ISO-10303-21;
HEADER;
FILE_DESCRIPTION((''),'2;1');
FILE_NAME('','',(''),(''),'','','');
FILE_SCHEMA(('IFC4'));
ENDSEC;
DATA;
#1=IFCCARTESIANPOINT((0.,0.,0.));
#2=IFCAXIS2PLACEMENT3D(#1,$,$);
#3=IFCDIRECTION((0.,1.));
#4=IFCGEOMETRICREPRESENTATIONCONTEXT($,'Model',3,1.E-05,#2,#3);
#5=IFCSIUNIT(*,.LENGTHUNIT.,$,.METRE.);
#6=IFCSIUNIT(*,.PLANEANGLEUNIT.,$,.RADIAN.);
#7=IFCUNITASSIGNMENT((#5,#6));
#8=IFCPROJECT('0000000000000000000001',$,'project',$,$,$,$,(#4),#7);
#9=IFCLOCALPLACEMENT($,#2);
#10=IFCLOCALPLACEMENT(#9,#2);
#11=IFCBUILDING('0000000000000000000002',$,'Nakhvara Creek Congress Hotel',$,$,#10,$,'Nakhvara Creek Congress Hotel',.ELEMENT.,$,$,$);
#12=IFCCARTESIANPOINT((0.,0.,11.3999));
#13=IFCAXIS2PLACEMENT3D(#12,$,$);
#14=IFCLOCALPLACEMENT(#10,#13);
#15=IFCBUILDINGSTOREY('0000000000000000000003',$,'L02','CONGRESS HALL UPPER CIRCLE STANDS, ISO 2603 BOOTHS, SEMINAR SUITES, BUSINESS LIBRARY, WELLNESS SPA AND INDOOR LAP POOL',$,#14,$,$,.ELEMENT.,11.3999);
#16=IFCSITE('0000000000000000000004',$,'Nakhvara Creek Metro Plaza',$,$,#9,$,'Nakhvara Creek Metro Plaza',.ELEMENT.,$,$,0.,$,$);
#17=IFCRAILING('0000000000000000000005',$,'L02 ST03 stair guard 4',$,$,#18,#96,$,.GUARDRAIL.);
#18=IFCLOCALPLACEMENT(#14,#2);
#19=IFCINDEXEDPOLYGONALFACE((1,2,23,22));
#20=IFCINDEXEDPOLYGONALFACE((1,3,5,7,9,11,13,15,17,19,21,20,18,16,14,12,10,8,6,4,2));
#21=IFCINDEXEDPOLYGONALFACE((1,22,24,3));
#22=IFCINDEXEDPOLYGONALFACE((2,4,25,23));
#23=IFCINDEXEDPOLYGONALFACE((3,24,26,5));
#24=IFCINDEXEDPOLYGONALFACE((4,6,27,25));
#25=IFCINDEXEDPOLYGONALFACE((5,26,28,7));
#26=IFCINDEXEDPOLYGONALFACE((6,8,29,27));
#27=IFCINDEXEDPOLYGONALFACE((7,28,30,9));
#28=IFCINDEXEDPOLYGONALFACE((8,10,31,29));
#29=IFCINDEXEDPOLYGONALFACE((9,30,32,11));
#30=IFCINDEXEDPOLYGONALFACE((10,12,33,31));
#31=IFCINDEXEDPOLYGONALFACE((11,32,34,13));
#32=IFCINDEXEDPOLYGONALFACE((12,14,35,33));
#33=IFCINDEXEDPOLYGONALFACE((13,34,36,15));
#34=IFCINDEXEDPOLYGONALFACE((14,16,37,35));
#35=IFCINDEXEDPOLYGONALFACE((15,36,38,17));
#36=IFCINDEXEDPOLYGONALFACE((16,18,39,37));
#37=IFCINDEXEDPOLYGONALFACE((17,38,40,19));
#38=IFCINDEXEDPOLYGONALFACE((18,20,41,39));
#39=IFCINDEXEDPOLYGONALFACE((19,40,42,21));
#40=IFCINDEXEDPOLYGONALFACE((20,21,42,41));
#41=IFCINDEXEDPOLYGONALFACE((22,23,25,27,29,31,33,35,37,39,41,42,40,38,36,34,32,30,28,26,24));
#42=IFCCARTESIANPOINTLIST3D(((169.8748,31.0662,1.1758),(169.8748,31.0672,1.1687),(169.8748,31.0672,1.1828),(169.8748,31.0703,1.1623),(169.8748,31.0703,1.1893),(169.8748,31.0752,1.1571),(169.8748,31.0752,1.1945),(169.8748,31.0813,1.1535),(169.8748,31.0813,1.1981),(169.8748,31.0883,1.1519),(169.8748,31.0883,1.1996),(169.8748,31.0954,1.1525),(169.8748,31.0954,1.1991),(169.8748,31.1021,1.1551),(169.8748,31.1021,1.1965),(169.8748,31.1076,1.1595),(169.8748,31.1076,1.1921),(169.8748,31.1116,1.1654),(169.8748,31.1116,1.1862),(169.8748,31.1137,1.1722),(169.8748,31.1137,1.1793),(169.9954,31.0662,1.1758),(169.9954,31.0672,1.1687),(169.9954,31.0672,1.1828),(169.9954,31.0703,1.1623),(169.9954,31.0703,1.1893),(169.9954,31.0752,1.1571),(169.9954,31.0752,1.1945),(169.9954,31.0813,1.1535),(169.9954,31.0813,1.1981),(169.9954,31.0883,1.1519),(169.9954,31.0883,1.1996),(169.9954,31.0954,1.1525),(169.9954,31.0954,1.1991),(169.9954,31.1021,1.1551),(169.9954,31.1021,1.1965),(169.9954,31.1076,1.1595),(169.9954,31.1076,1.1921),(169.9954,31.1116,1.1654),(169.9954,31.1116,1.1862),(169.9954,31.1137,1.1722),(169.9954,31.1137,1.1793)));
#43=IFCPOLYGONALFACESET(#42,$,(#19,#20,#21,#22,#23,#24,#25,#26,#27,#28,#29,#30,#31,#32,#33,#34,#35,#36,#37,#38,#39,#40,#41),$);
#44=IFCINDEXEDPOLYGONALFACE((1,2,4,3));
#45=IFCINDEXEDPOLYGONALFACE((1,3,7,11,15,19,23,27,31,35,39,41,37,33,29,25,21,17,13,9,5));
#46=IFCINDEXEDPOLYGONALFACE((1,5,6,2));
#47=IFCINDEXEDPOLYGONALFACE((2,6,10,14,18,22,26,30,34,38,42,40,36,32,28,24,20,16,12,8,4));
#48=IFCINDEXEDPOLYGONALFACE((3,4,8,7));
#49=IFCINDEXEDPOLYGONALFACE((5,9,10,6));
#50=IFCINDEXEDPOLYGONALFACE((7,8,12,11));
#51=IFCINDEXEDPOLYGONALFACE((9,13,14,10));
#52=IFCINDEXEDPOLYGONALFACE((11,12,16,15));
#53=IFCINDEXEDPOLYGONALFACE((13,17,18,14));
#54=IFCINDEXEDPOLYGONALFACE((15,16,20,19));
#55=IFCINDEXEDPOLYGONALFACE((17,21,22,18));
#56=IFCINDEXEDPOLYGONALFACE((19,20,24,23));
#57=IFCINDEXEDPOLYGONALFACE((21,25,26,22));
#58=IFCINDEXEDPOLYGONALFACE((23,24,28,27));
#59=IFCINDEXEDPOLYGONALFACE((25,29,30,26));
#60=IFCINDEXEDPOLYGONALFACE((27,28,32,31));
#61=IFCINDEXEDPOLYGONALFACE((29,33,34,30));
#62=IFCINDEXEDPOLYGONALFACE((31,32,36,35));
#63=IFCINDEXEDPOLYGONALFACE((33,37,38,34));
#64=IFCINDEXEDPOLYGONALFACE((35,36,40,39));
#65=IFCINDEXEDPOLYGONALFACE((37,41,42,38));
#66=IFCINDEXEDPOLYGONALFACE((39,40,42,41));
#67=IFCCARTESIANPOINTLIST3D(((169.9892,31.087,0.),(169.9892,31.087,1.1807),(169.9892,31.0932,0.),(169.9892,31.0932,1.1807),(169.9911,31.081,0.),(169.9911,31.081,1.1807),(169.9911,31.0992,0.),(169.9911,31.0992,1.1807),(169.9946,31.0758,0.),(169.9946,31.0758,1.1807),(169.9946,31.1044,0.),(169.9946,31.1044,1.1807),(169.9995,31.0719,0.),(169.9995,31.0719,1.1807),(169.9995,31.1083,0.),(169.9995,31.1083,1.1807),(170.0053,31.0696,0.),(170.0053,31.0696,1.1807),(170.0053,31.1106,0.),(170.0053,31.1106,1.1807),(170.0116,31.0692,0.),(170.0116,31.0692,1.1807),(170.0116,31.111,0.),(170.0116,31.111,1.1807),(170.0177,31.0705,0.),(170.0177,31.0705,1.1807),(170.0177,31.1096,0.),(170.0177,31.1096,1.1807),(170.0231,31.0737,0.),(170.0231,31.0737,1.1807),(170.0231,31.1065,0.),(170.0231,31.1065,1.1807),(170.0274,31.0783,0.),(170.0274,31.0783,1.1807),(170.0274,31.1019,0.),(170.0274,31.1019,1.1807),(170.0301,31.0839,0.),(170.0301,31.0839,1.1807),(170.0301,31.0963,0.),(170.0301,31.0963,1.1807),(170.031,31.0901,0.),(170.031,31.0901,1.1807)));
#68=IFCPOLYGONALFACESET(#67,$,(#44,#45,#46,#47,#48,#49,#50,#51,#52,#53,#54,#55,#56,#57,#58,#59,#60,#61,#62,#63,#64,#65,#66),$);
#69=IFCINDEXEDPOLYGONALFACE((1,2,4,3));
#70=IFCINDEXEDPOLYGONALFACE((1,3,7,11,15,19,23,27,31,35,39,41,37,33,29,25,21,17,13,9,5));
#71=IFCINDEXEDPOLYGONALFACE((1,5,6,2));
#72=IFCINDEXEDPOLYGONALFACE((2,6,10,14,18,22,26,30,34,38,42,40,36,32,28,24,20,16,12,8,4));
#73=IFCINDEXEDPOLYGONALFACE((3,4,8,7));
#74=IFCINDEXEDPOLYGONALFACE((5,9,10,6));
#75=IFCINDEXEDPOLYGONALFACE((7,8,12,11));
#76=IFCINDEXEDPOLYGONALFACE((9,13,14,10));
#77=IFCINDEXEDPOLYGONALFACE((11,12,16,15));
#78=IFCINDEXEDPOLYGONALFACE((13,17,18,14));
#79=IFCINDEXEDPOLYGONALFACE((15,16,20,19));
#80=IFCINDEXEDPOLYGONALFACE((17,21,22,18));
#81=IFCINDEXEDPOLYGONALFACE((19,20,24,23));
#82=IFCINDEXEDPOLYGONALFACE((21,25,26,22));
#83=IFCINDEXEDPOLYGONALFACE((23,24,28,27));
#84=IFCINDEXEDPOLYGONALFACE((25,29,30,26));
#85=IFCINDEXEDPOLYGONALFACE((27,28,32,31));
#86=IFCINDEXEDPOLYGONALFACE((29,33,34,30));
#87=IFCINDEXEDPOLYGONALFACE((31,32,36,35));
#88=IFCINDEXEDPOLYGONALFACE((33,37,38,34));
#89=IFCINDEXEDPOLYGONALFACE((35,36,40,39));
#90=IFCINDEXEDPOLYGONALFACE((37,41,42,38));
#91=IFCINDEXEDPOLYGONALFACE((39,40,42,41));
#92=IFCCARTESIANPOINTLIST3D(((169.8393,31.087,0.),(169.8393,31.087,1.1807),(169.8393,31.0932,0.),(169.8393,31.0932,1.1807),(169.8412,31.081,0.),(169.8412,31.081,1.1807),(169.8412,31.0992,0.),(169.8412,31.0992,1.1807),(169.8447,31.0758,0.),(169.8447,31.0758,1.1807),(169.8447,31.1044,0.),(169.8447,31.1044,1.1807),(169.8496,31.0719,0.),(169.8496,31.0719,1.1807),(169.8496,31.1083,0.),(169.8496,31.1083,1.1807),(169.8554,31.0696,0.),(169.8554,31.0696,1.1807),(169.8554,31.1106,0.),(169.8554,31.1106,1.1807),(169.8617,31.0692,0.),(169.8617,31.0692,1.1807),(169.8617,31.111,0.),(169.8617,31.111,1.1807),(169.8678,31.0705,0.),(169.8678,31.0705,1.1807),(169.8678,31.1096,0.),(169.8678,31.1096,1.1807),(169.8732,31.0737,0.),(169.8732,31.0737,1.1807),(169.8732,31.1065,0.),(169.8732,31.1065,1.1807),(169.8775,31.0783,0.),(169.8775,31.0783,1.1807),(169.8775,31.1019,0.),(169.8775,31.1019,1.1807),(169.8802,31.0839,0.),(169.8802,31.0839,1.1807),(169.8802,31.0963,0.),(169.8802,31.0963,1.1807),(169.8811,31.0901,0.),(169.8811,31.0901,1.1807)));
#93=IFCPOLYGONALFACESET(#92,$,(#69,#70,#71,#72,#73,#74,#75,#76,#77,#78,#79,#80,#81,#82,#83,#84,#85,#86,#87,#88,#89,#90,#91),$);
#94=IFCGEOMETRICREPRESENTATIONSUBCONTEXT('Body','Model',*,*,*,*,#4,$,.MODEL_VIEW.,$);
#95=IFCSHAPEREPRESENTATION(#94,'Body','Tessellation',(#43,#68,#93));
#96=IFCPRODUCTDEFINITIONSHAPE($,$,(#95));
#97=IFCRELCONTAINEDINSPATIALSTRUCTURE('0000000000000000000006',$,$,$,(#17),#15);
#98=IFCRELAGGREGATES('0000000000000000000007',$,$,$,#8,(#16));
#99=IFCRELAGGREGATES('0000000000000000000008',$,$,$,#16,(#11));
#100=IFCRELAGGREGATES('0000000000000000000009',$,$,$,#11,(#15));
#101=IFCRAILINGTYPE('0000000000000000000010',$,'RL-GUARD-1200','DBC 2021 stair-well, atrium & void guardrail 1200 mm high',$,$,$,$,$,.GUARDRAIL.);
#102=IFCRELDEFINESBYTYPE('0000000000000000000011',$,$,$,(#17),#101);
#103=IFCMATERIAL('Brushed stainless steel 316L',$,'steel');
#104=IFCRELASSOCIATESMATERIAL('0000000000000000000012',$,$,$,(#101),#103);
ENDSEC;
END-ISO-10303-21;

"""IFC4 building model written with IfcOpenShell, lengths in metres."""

from ifc_helpers import new_model, si_unit, direction, frame, origin, origin_2d, place, context, subcontext, project, spatial, circle, extrude, material, type_object, element, save


model = new_model("IFC4")

# Units and contexts
model_context = context("Model", 3, precision=1e-05, world=origin(), true_north=direction((0.0, 1.0)))
body_context = subcontext(model_context, "Body", "Model", "MODEL_VIEW")
ifc_project = project(units=[si_unit("LENGTHUNIT", "METRE"), si_unit("PLANEANGLEUNIT", "RADIAN")], contexts=[model_context])

# Site, building, storey
site_placement = place(None, origin())
site = spatial("IfcSite", under=ifc_project, at=site_placement, Name="Nakhvara Creek Metro Plaza", LongName="Nakhvara Creek Metro Plaza", CompositionType="ELEMENT", RefElevation=0.0)
building_placement = place(site_placement, origin())
building = spatial("IfcBuilding", under=site, at=building_placement, Name="Nakhvara Creek Congress Hotel", LongName="Nakhvara Creek Congress Hotel", CompositionType="ELEMENT")
storey_placement = place(building_placement, frame((0.0, 0.0, 11.3999)))
storey = spatial("IfcBuildingStorey", under=building, at=storey_placement, Name="L02", Description="CONGRESS HALL UPPER CIRCLE STANDS, ISO 2603 BOOTHS, SEMINAR SUITES, BUSINESS LIBRARY, WELLNESS SPA AND INDOOR LAP POOL", CompositionType="ELEMENT", Elevation=11.3999)

# Railing
ifc_material_1 = material(Name="Brushed stainless steel 316L", Category="steel")
railing_type_1 = type_object("IfcRailingType", Name="RL-GUARD-1200", Description="DBC 2021 stair-well, atrium & void guardrail 1200 mm high", PredefinedType="GUARDRAIL", material=ifc_material_1)
railing_1_placement = place(storey_placement, frame((170.01, 31.0901, 0.0)))
element("IfcRailing", 1, at=railing_1_placement, inside=storey, type_object=railing_type_1, Name="L02 ST03 stair guard 4", PredefinedType="GUARDRAIL", context=body_context, shape_type="SweptSolid", body=[
    extrude(circle(Radius=0.0239, at=origin_2d()), frame((-0.0146, 0.0, 1.1758), z_axis=(-1.0, 0.0, 0.0), x_axis=(0.0, -1.0, 0.0)), (0.0, 0.0, 1.0), 0.1206),
    extrude(circle(Radius=0.021, at=origin_2d()), origin(), (0.0, 0.0, 1.0), 1.1807),
    extrude(circle(Radius=0.021, at=origin_2d()), frame((-0.1499, 0.0, 0.0)), (0.0, 0.0, 1.0), 1.1807),
])

save(model, "model.ifc")
